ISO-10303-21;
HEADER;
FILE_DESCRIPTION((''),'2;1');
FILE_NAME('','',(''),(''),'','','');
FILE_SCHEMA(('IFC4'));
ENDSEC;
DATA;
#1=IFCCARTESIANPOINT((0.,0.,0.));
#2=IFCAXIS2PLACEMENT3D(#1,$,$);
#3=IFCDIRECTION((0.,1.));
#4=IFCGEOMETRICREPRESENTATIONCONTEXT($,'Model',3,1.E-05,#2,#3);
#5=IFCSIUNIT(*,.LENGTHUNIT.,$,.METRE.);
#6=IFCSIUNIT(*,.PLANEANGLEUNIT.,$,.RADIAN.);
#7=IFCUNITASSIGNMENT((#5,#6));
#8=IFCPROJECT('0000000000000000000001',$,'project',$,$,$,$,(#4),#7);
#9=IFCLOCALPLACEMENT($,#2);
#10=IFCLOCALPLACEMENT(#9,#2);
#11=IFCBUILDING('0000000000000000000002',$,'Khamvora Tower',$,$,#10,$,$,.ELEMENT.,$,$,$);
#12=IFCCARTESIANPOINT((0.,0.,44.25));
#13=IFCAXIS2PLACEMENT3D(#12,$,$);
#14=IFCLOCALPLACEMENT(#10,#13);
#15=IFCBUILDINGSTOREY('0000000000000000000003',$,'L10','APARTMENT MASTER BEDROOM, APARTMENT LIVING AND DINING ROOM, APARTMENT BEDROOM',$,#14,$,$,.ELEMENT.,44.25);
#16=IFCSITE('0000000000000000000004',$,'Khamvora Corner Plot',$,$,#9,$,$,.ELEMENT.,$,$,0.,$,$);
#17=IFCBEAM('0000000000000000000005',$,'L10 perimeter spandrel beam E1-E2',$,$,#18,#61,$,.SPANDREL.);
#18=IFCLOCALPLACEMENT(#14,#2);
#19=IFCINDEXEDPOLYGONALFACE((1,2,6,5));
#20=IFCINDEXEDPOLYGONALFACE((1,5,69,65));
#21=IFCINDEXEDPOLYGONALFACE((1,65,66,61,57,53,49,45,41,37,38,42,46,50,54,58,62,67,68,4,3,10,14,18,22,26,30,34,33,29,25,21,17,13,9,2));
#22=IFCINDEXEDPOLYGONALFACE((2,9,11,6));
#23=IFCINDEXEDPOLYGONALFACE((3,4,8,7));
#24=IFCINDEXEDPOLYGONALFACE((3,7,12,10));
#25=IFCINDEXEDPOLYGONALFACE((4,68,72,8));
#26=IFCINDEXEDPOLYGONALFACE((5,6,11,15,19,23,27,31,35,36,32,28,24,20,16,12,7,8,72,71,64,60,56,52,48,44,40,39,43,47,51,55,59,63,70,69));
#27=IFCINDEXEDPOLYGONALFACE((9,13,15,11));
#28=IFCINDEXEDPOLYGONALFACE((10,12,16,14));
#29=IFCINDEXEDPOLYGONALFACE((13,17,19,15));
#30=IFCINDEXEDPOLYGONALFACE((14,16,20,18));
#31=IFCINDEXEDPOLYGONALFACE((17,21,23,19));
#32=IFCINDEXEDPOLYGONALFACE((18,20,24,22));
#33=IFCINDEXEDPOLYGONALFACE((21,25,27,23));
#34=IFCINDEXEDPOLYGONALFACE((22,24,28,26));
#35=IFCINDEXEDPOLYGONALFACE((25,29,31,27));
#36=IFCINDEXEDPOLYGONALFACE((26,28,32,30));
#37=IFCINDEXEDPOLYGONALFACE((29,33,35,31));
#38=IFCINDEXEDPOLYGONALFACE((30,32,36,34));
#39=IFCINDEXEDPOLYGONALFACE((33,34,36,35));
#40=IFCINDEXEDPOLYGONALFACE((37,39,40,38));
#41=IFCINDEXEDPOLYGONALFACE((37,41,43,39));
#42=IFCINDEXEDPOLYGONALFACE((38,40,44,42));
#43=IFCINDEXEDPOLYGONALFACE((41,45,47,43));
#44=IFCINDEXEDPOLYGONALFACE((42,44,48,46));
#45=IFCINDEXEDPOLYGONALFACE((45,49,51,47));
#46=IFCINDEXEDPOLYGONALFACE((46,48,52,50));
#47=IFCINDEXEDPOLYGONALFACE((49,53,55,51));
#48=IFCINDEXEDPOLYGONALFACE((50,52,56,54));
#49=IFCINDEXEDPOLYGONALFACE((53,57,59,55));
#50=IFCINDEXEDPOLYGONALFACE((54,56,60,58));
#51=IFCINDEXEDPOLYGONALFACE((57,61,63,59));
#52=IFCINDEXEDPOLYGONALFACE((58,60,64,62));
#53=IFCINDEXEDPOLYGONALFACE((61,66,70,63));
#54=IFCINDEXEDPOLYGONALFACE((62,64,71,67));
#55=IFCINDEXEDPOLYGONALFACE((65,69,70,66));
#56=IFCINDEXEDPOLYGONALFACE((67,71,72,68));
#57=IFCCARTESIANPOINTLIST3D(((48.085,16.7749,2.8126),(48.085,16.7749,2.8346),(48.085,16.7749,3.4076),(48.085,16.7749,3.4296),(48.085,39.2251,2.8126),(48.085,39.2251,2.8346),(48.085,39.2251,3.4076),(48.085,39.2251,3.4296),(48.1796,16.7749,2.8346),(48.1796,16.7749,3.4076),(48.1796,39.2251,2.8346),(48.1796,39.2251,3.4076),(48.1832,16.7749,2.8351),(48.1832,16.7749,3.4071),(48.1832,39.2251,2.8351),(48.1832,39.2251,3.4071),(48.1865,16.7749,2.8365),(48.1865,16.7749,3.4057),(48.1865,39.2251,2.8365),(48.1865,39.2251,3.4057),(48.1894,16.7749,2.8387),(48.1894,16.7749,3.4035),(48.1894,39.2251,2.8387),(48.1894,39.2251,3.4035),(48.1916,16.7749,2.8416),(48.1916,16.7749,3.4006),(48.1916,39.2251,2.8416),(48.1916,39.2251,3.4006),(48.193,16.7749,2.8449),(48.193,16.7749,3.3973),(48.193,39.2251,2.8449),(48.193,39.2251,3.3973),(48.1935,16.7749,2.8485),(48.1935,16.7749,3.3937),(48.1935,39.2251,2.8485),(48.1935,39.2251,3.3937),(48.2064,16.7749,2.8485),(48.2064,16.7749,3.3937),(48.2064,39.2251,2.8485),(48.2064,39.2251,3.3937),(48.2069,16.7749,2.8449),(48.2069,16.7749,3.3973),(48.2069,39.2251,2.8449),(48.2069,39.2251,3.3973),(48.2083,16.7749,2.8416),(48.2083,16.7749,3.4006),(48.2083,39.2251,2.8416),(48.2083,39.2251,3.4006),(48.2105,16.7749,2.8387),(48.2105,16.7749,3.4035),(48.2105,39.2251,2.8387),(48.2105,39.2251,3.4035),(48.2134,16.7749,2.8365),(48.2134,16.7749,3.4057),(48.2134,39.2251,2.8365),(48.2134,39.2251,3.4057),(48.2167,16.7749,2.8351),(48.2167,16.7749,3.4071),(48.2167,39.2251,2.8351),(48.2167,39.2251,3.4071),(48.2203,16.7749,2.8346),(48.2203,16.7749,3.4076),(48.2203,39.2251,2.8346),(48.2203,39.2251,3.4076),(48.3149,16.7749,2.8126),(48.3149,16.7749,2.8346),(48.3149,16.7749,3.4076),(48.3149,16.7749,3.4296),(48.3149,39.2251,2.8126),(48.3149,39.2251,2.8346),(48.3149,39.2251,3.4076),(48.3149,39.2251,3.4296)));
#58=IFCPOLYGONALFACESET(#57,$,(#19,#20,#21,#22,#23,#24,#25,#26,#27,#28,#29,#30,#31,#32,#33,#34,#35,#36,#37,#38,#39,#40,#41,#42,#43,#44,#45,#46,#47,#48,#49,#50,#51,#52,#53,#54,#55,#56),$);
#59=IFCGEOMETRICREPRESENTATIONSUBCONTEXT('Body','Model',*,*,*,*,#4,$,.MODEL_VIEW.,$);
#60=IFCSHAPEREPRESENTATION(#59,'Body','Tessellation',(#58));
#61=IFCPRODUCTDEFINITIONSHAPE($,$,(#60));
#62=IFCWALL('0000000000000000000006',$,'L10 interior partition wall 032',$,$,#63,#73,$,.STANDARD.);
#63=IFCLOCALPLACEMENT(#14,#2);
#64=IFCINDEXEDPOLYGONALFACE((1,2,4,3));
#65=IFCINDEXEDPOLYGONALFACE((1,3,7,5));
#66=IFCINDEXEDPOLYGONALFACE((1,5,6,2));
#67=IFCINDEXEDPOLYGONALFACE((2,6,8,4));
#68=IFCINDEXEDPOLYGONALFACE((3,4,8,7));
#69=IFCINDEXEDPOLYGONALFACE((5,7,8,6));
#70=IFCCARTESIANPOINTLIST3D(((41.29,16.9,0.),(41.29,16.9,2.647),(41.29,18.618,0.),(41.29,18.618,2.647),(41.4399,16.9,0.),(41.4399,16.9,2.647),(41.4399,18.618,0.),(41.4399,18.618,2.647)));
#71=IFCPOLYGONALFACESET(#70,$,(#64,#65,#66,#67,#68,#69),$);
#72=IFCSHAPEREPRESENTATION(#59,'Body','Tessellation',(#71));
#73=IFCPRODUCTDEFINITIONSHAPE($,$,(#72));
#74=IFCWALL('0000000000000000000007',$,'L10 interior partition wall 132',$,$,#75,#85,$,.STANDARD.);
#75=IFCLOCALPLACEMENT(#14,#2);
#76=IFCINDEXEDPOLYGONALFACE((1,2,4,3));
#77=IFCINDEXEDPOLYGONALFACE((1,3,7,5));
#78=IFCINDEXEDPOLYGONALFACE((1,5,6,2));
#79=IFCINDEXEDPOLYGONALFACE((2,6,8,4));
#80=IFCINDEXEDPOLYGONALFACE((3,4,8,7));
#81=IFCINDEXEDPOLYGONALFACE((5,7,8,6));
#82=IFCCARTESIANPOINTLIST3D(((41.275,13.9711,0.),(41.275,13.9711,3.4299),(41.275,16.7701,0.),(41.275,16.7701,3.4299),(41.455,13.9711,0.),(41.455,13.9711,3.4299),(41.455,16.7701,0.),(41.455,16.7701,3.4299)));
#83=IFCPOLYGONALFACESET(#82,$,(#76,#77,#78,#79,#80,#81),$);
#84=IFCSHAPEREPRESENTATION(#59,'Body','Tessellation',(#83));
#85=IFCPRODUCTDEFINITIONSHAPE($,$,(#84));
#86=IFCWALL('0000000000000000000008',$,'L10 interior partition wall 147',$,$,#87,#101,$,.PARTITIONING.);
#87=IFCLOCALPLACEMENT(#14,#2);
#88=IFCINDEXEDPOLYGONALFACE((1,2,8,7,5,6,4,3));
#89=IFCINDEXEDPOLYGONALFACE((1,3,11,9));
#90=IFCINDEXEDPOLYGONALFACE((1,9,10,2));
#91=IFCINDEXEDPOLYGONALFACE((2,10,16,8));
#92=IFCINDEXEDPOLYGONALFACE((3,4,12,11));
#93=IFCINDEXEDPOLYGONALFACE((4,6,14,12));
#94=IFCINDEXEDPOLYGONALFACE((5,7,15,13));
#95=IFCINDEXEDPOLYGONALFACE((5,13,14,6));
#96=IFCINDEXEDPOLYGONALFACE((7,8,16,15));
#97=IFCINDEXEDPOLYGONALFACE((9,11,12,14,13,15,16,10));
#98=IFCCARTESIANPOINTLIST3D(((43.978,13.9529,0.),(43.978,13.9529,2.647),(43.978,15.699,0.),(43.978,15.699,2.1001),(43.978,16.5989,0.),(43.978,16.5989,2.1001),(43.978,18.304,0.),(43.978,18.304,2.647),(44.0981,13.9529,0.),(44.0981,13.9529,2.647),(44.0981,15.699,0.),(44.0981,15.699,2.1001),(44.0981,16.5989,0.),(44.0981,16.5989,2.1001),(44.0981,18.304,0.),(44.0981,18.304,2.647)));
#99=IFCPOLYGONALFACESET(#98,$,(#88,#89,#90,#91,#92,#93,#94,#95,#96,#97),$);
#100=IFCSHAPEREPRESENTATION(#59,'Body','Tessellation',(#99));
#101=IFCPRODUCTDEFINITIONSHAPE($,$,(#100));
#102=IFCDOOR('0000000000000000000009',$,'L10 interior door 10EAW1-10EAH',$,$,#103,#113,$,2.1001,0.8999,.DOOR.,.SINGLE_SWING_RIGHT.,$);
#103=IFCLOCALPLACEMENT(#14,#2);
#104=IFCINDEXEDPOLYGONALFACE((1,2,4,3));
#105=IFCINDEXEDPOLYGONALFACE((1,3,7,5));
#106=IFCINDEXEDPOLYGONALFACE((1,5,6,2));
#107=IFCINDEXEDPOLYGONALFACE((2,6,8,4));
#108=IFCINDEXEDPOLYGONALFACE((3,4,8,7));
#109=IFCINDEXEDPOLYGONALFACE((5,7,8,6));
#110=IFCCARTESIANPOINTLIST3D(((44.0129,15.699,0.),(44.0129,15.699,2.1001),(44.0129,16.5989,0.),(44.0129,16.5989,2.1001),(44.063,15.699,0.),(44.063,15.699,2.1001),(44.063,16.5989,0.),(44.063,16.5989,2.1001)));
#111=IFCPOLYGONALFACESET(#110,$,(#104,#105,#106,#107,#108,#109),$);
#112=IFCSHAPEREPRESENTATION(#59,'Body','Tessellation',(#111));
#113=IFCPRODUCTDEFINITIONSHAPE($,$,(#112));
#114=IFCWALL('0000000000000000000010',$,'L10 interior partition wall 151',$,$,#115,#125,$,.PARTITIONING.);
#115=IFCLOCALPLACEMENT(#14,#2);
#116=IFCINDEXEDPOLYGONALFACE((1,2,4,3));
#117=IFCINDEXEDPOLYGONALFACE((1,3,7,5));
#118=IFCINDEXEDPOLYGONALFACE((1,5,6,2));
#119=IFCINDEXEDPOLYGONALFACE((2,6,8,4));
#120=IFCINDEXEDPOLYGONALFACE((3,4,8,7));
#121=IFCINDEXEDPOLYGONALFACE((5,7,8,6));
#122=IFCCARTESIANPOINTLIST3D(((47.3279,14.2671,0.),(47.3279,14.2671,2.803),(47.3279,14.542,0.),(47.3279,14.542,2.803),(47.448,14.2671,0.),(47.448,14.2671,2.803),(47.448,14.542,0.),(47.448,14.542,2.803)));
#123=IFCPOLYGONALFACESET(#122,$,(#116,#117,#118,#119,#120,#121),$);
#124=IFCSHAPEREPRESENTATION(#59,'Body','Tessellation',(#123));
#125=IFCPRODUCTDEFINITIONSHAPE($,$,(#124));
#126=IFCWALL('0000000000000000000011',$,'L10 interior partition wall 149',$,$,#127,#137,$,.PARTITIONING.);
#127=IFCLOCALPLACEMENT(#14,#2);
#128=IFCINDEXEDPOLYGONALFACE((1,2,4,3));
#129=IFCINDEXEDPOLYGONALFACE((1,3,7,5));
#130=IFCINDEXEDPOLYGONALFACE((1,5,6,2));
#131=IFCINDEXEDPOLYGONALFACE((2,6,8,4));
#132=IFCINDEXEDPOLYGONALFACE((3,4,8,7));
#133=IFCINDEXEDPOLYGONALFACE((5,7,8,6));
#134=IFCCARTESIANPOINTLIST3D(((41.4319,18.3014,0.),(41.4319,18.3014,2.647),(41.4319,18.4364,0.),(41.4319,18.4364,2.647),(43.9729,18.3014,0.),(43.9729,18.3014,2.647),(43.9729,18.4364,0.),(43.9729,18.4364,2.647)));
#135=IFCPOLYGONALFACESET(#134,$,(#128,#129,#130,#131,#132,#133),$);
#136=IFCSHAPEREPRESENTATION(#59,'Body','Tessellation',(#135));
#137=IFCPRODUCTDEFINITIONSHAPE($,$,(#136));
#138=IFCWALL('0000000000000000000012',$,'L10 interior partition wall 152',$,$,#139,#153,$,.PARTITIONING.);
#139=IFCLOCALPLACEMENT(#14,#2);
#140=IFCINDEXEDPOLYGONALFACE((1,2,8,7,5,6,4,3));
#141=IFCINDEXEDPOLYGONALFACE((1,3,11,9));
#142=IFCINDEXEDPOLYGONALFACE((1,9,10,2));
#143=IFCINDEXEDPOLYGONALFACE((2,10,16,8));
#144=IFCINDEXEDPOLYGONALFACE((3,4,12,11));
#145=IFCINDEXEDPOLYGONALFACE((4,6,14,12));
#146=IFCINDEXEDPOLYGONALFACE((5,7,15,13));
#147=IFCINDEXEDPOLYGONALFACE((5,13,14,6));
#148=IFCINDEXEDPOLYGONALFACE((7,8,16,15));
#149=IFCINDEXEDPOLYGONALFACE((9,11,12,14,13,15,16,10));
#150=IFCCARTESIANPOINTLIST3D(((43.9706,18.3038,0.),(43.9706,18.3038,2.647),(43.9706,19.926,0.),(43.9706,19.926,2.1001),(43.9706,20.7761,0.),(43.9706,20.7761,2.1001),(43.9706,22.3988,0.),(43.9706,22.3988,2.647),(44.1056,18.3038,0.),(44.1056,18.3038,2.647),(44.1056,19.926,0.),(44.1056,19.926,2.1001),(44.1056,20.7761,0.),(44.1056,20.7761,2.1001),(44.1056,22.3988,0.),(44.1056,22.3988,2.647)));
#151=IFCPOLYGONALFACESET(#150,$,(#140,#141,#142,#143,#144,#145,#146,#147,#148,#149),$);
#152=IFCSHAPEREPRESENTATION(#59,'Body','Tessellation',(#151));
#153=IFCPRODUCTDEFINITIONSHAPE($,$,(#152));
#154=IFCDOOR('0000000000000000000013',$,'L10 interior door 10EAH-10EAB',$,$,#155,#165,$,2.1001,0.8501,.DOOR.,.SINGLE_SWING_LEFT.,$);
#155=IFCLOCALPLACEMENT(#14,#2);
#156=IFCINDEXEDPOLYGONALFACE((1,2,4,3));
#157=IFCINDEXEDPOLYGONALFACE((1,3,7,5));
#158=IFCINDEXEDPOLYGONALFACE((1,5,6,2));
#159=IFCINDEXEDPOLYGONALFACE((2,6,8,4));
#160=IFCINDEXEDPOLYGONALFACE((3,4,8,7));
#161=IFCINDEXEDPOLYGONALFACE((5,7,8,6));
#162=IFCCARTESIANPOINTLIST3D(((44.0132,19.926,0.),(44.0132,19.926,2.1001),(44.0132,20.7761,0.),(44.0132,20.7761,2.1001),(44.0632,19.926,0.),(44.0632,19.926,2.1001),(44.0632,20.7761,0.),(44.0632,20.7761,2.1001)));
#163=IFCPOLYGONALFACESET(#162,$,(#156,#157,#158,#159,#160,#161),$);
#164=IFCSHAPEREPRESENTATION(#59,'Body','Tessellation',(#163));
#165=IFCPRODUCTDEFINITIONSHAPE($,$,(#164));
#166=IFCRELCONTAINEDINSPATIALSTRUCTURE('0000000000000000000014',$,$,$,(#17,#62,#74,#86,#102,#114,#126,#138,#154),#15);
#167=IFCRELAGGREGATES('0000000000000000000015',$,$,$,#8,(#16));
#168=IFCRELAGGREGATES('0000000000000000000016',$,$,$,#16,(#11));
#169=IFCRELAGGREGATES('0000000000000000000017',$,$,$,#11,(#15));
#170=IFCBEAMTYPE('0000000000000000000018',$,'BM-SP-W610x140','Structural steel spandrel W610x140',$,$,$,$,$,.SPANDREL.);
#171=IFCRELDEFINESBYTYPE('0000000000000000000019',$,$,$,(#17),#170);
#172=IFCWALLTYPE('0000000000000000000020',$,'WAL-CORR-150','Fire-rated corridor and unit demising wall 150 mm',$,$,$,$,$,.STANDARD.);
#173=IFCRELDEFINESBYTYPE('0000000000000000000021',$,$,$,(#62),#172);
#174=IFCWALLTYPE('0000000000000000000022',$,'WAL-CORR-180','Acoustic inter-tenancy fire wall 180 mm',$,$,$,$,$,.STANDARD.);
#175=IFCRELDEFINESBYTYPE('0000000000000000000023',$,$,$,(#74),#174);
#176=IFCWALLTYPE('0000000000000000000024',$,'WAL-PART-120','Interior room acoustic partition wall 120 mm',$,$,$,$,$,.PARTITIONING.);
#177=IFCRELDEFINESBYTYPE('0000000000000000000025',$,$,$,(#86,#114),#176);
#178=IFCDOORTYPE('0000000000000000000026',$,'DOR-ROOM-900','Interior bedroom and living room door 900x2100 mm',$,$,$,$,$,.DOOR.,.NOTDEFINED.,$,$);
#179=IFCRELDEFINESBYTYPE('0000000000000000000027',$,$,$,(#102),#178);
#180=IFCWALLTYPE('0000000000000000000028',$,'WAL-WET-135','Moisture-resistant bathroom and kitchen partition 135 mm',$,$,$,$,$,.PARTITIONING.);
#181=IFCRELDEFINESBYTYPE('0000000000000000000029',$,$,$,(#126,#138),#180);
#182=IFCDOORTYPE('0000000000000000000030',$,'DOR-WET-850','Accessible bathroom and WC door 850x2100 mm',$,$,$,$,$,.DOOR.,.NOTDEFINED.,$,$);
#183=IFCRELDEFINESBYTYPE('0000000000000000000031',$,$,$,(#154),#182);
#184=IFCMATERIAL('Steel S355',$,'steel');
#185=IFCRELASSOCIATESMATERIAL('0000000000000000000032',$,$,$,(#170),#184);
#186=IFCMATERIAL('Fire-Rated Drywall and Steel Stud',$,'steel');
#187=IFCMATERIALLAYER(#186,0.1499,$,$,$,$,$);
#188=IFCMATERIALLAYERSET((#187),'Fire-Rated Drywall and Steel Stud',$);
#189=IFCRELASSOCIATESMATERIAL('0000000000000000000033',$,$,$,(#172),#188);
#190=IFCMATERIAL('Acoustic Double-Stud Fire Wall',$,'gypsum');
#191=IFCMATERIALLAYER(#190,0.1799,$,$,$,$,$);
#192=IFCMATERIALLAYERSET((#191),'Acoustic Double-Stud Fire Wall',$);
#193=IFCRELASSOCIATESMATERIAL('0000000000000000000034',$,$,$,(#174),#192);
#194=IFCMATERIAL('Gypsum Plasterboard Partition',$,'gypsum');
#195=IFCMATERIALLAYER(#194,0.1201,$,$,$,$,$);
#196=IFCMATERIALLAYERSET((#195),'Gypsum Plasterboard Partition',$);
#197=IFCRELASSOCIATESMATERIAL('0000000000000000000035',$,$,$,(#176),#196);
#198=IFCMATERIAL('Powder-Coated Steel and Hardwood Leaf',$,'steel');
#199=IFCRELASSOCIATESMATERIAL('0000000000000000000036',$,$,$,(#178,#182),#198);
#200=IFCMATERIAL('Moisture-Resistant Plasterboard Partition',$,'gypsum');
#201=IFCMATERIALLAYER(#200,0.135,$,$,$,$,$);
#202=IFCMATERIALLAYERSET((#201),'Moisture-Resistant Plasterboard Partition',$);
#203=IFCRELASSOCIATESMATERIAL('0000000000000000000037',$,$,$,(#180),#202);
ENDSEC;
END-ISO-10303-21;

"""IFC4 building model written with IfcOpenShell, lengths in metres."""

from ifc_helpers import new_model, si_unit, direction, frame, frame_2d, origin, origin_2d, place, context, subcontext, project, spatial, rectangle, i_section, extrude, material, layer, layer_set, material_profile, profile_set, type_object, element, fill, save


model = new_model("IFC4")

# Units and contexts
model_context = context("Model", 3, precision=1e-05, world=origin(), true_north=direction((0.0, 1.0)))
body_context = subcontext(model_context, "Body", "Model", "MODEL_VIEW")
ifc_project = project(units=[si_unit("LENGTHUNIT", "METRE"), si_unit("PLANEANGLEUNIT", "RADIAN")], contexts=[model_context])

# Site, building, storey
site_placement = place(None, origin())
site = spatial("IfcSite", under=ifc_project, at=site_placement, Name="Khamvora Corner Plot", CompositionType="ELEMENT", RefElevation=0.0)
building_placement = place(site_placement, origin())
building = spatial("IfcBuilding", under=site, at=building_placement, Name="Khamvora Tower", CompositionType="ELEMENT")
storey_placement = place(building_placement, frame((0.0, 0.0, 44.25)))
storey = spatial("IfcBuildingStorey", under=building, at=storey_placement, Name="L10", Description="APARTMENT MASTER BEDROOM, APARTMENT LIVING AND DINING ROOM, APARTMENT BEDROOM", CompositionType="ELEMENT", Elevation=44.25)

# Beam
ifc_material_1 = material(Name="Steel S355", Category="steel")
ifc_material_profile_1 = material_profile(ifc_material_1, i_section(OverallWidth=0.23, OverallDepth=0.6169, WebThickness=0.0129, FlangeThickness=0.022, FilletRadius=0.0139, at=origin_2d()), Name="W610x140")
ifc_profile_set_1 = profile_set([ifc_material_profile_1], Name="Steel S355")
beam_type_1 = type_object("IfcBeamType", Name="BM-SP-W610x140", Description="Structural steel spandrel W610x140", PredefinedType="SPANDREL", material=ifc_profile_set_1)
beam_1_placement = place(storey_placement, frame((48.2, 16.7749, 3.1211), z_axis=(0.0, 1.0, 0.0), x_axis=(-1.0, 0.0, 0.0)))
element("IfcBeam", 1, at=beam_1_placement, inside=storey, type_object=beam_type_1, Name="L10 perimeter spandrel beam E1-E2", PredefinedType="SPANDREL", context=body_context, shape_type="SweptSolid", body=[
    extrude(i_section(OverallWidth=0.23, OverallDepth=0.6169, WebThickness=0.0129, FlangeThickness=0.022, FilletRadius=0.0139, at=origin_2d()), origin(), (0.0, 0.0, 1.0), 22.4502),
])

# Walls
ifc_material_2 = material(Name="Fire-Rated Drywall and Steel Stud", Category="steel")
ifc_layer_1 = layer(ifc_material_2, 0.1499)
ifc_layer_set_1 = layer_set([ifc_layer_1], Name="Fire-Rated Drywall and Steel Stud")
wall_type_1 = type_object("IfcWallType", Name="WAL-CORR-150", Description="Fire-rated corridor and unit demising wall 150 mm", PredefinedType="STANDARD", material=ifc_layer_set_1)
wall_1_placement = place(storey_placement, frame((41.365, 18.6179, 0.0), z_axis=(0.0, 0.0, 1.0), x_axis=(0.0, -1.0, 0.0)))
element("IfcWall", 2, at=wall_1_placement, inside=storey, type_object=wall_type_1, Name="L10 interior partition wall 032", PredefinedType="STANDARD", context=body_context, shape_type="SweptSolid", body=[
    extrude(rectangle(XDim=1.718, YDim=0.1499, at=frame_2d((0.8589, 0.0))), origin(), (0.0, 0.0, 1.0), 2.647),
])
ifc_material_3 = material(Name="Acoustic Double-Stud Fire Wall", Category="gypsum")
ifc_layer_2 = layer(ifc_material_3, 0.1799)
ifc_layer_set_2 = layer_set([ifc_layer_2], Name="Acoustic Double-Stud Fire Wall")
wall_type_2 = type_object("IfcWallType", Name="WAL-CORR-180", Description="Acoustic inter-tenancy fire wall 180 mm", PredefinedType="STANDARD", material=ifc_layer_set_2)
wall_2_placement = place(storey_placement, frame((41.365, 16.77, 0.0), z_axis=(0.0, 0.0, 1.0), x_axis=(0.0, -1.0, 0.0)))
element("IfcWall", 3, at=wall_2_placement, inside=storey, type_object=wall_type_2, Name="L10 interior partition wall 132", PredefinedType="STANDARD", context=body_context, shape_type="SweptSolid", body=[
    extrude(rectangle(XDim=2.7991, YDim=0.1799, at=frame_2d((1.3994, 0.0))), origin(), (0.0, 0.0, 1.0), 3.4299),
])

# Wall, opening, door
ifc_material_4 = material(Name="Gypsum Plasterboard Partition", Category="gypsum")
ifc_layer_3 = layer(ifc_material_4, 0.1201)
ifc_layer_set_3 = layer_set([ifc_layer_3], Name="Gypsum Plasterboard Partition")
wall_type_3 = type_object("IfcWallType", Name="WAL-PART-120", Description="Interior room acoustic partition wall 120 mm", PredefinedType="PARTITIONING", material=ifc_layer_set_3)
wall_3_placement = place(storey_placement, frame((44.0381, 18.304, 0.0), z_axis=(0.0, 0.0, 1.0), x_axis=(0.0, -1.0, 0.0)))
wall_3 = element("IfcWall", 4, at=wall_3_placement, inside=storey, type_object=wall_type_3, Name="L10 interior partition wall 147", PredefinedType="PARTITIONING", context=body_context, shape_type="SweptSolid", body=[
    extrude(rectangle(XDim=4.3511, YDim=0.1201, at=frame_2d((2.1755, 0.0))), origin(), (0.0, 0.0, 1.0), 2.647),
])
opening_1_placement = place(wall_3_placement, frame((1.7051, 0.0, 0.0)))
opening_1 = element("IfcOpeningElement", 5, at=opening_1_placement, cuts=wall_3, PredefinedType="OPENING", context=body_context, shape_type="SweptSolid", body=[
    extrude(rectangle(XDim=0.8999, YDim=2.1001, at=frame_2d((0.45, 1.05))), frame((0.0, 0.0701, 0.0), z_axis=(0.0, -1.0, 0.0), x_axis=(1.0, 0.0, 0.0)), (0.0, 0.0, 1.0), 0.1401),
])
ifc_material_5 = material(Name="Powder-Coated Steel and Hardwood Leaf", Category="steel")
door_type_1 = type_object("IfcDoorType", Name="DOR-ROOM-900", Description="Interior bedroom and living room door 900x2100 mm", OperationType="NOTDEFINED", PredefinedType="DOOR", material=ifc_material_5)
door_1_placement = place(opening_1_placement, origin())
door_1 = element("IfcDoor", 6, at=door_1_placement, inside=storey, type_object=door_type_1, Name="L10 interior door 10EAW1-10EAH", OperationType="SINGLE_SWING_RIGHT", OverallHeight=2.1001, OverallWidth=0.8999, PredefinedType="DOOR", context=body_context, shape_type="SweptSolid", body=[
    extrude(rectangle(XDim=0.8999, YDim=2.1001, at=frame_2d((0.45, 1.05))), frame((0.0, 0.0249, 0.0), z_axis=(0.0, -1.0, 0.0), x_axis=(1.0, 0.0, 0.0)), (0.0, 0.0, 1.0), 0.05),
])
fill(opening_1, door_1)

# Walls
wall_4_placement = place(storey_placement, frame((47.3879, 14.542, 0.0), z_axis=(0.0, 0.0, 1.0), x_axis=(0.0, -1.0, 0.0)))
element("IfcWall", 7, at=wall_4_placement, inside=storey, type_object=wall_type_3, Name="L10 interior partition wall 151", PredefinedType="PARTITIONING", context=body_context, shape_type="SweptSolid", body=[
    extrude(rectangle(XDim=0.2749, YDim=0.1201, at=frame_2d((0.1375, 0.0))), origin(), (0.0, 0.0, 1.0), 2.803),
])
ifc_material_6 = material(Name="Moisture-Resistant Plasterboard Partition", Category="gypsum")
ifc_layer_4 = layer(ifc_material_6, 0.135)
ifc_layer_set_4 = layer_set([ifc_layer_4], Name="Moisture-Resistant Plasterboard Partition")
wall_type_4 = type_object("IfcWallType", Name="WAL-WET-135", Description="Moisture-resistant bathroom and kitchen partition 135 mm", PredefinedType="PARTITIONING", material=ifc_layer_set_4)
wall_5_placement = place(storey_placement, frame((41.4319, 18.3689, 0.0), z_axis=(0.0, 0.0, 1.0), x_axis=(1.0, 0.0, 0.0)))
element("IfcWall", 8, at=wall_5_placement, inside=storey, type_object=wall_type_4, Name="L10 interior partition wall 149", PredefinedType="PARTITIONING", context=body_context, shape_type="SweptSolid", body=[
    extrude(rectangle(XDim=2.541, YDim=0.135, at=frame_2d((1.2705, 0.0))), origin(), (0.0, 0.0, 1.0), 2.647),
])

# Wall, opening, door
wall_6_placement = place(storey_placement, frame((44.0381, 18.304, 0.0), z_axis=(0.0, 0.0, 1.0), x_axis=(0.0, 1.0, 0.0)))
wall_6 = element("IfcWall", 9, at=wall_6_placement, inside=storey, type_object=wall_type_4, Name="L10 interior partition wall 152", PredefinedType="PARTITIONING", context=body_context, shape_type="SweptSolid", body=[
    extrude(rectangle(XDim=4.095, YDim=0.135, at=frame_2d((2.0474, 0.0))), origin(), (0.0, 0.0, 1.0), 2.647),
])
opening_2_placement = place(wall_6_placement, frame((1.6221, 0.0, 0.0)))
opening_2 = element("IfcOpeningElement", 10, at=opening_2_placement, cuts=wall_6, PredefinedType="OPENING", context=body_context, shape_type="SweptSolid", body=[
    extrude(rectangle(XDim=0.8501, YDim=2.1001, at=frame_2d((0.425, 1.05))), frame((0.0, 0.0774, 0.0), z_axis=(0.0, -1.0, 0.0), x_axis=(1.0, 0.0, 0.0)), (0.0, 0.0, 1.0), 0.155),
])
door_type_2 = type_object("IfcDoorType", Name="DOR-WET-850", Description="Accessible bathroom and WC door 850x2100 mm", OperationType="NOTDEFINED", PredefinedType="DOOR", material=ifc_material_5)
door_2_placement = place(opening_2_placement, origin())
door_2 = element("IfcDoor", 11, at=door_2_placement, inside=storey, type_object=door_type_2, Name="L10 interior door 10EAH-10EAB", OperationType="SINGLE_SWING_LEFT", OverallHeight=2.1001, OverallWidth=0.8501, PredefinedType="DOOR", context=body_context, shape_type="SweptSolid", body=[
    extrude(rectangle(XDim=0.8501, YDim=2.1001, at=frame_2d((0.425, 1.05))), frame((0.0, 0.0249, 0.0), z_axis=(0.0, -1.0, 0.0), x_axis=(1.0, 0.0, 0.0)), (0.0, 0.0, 1.0), 0.05),
])
fill(opening_2, door_2)

save(model, "model.ifc")
